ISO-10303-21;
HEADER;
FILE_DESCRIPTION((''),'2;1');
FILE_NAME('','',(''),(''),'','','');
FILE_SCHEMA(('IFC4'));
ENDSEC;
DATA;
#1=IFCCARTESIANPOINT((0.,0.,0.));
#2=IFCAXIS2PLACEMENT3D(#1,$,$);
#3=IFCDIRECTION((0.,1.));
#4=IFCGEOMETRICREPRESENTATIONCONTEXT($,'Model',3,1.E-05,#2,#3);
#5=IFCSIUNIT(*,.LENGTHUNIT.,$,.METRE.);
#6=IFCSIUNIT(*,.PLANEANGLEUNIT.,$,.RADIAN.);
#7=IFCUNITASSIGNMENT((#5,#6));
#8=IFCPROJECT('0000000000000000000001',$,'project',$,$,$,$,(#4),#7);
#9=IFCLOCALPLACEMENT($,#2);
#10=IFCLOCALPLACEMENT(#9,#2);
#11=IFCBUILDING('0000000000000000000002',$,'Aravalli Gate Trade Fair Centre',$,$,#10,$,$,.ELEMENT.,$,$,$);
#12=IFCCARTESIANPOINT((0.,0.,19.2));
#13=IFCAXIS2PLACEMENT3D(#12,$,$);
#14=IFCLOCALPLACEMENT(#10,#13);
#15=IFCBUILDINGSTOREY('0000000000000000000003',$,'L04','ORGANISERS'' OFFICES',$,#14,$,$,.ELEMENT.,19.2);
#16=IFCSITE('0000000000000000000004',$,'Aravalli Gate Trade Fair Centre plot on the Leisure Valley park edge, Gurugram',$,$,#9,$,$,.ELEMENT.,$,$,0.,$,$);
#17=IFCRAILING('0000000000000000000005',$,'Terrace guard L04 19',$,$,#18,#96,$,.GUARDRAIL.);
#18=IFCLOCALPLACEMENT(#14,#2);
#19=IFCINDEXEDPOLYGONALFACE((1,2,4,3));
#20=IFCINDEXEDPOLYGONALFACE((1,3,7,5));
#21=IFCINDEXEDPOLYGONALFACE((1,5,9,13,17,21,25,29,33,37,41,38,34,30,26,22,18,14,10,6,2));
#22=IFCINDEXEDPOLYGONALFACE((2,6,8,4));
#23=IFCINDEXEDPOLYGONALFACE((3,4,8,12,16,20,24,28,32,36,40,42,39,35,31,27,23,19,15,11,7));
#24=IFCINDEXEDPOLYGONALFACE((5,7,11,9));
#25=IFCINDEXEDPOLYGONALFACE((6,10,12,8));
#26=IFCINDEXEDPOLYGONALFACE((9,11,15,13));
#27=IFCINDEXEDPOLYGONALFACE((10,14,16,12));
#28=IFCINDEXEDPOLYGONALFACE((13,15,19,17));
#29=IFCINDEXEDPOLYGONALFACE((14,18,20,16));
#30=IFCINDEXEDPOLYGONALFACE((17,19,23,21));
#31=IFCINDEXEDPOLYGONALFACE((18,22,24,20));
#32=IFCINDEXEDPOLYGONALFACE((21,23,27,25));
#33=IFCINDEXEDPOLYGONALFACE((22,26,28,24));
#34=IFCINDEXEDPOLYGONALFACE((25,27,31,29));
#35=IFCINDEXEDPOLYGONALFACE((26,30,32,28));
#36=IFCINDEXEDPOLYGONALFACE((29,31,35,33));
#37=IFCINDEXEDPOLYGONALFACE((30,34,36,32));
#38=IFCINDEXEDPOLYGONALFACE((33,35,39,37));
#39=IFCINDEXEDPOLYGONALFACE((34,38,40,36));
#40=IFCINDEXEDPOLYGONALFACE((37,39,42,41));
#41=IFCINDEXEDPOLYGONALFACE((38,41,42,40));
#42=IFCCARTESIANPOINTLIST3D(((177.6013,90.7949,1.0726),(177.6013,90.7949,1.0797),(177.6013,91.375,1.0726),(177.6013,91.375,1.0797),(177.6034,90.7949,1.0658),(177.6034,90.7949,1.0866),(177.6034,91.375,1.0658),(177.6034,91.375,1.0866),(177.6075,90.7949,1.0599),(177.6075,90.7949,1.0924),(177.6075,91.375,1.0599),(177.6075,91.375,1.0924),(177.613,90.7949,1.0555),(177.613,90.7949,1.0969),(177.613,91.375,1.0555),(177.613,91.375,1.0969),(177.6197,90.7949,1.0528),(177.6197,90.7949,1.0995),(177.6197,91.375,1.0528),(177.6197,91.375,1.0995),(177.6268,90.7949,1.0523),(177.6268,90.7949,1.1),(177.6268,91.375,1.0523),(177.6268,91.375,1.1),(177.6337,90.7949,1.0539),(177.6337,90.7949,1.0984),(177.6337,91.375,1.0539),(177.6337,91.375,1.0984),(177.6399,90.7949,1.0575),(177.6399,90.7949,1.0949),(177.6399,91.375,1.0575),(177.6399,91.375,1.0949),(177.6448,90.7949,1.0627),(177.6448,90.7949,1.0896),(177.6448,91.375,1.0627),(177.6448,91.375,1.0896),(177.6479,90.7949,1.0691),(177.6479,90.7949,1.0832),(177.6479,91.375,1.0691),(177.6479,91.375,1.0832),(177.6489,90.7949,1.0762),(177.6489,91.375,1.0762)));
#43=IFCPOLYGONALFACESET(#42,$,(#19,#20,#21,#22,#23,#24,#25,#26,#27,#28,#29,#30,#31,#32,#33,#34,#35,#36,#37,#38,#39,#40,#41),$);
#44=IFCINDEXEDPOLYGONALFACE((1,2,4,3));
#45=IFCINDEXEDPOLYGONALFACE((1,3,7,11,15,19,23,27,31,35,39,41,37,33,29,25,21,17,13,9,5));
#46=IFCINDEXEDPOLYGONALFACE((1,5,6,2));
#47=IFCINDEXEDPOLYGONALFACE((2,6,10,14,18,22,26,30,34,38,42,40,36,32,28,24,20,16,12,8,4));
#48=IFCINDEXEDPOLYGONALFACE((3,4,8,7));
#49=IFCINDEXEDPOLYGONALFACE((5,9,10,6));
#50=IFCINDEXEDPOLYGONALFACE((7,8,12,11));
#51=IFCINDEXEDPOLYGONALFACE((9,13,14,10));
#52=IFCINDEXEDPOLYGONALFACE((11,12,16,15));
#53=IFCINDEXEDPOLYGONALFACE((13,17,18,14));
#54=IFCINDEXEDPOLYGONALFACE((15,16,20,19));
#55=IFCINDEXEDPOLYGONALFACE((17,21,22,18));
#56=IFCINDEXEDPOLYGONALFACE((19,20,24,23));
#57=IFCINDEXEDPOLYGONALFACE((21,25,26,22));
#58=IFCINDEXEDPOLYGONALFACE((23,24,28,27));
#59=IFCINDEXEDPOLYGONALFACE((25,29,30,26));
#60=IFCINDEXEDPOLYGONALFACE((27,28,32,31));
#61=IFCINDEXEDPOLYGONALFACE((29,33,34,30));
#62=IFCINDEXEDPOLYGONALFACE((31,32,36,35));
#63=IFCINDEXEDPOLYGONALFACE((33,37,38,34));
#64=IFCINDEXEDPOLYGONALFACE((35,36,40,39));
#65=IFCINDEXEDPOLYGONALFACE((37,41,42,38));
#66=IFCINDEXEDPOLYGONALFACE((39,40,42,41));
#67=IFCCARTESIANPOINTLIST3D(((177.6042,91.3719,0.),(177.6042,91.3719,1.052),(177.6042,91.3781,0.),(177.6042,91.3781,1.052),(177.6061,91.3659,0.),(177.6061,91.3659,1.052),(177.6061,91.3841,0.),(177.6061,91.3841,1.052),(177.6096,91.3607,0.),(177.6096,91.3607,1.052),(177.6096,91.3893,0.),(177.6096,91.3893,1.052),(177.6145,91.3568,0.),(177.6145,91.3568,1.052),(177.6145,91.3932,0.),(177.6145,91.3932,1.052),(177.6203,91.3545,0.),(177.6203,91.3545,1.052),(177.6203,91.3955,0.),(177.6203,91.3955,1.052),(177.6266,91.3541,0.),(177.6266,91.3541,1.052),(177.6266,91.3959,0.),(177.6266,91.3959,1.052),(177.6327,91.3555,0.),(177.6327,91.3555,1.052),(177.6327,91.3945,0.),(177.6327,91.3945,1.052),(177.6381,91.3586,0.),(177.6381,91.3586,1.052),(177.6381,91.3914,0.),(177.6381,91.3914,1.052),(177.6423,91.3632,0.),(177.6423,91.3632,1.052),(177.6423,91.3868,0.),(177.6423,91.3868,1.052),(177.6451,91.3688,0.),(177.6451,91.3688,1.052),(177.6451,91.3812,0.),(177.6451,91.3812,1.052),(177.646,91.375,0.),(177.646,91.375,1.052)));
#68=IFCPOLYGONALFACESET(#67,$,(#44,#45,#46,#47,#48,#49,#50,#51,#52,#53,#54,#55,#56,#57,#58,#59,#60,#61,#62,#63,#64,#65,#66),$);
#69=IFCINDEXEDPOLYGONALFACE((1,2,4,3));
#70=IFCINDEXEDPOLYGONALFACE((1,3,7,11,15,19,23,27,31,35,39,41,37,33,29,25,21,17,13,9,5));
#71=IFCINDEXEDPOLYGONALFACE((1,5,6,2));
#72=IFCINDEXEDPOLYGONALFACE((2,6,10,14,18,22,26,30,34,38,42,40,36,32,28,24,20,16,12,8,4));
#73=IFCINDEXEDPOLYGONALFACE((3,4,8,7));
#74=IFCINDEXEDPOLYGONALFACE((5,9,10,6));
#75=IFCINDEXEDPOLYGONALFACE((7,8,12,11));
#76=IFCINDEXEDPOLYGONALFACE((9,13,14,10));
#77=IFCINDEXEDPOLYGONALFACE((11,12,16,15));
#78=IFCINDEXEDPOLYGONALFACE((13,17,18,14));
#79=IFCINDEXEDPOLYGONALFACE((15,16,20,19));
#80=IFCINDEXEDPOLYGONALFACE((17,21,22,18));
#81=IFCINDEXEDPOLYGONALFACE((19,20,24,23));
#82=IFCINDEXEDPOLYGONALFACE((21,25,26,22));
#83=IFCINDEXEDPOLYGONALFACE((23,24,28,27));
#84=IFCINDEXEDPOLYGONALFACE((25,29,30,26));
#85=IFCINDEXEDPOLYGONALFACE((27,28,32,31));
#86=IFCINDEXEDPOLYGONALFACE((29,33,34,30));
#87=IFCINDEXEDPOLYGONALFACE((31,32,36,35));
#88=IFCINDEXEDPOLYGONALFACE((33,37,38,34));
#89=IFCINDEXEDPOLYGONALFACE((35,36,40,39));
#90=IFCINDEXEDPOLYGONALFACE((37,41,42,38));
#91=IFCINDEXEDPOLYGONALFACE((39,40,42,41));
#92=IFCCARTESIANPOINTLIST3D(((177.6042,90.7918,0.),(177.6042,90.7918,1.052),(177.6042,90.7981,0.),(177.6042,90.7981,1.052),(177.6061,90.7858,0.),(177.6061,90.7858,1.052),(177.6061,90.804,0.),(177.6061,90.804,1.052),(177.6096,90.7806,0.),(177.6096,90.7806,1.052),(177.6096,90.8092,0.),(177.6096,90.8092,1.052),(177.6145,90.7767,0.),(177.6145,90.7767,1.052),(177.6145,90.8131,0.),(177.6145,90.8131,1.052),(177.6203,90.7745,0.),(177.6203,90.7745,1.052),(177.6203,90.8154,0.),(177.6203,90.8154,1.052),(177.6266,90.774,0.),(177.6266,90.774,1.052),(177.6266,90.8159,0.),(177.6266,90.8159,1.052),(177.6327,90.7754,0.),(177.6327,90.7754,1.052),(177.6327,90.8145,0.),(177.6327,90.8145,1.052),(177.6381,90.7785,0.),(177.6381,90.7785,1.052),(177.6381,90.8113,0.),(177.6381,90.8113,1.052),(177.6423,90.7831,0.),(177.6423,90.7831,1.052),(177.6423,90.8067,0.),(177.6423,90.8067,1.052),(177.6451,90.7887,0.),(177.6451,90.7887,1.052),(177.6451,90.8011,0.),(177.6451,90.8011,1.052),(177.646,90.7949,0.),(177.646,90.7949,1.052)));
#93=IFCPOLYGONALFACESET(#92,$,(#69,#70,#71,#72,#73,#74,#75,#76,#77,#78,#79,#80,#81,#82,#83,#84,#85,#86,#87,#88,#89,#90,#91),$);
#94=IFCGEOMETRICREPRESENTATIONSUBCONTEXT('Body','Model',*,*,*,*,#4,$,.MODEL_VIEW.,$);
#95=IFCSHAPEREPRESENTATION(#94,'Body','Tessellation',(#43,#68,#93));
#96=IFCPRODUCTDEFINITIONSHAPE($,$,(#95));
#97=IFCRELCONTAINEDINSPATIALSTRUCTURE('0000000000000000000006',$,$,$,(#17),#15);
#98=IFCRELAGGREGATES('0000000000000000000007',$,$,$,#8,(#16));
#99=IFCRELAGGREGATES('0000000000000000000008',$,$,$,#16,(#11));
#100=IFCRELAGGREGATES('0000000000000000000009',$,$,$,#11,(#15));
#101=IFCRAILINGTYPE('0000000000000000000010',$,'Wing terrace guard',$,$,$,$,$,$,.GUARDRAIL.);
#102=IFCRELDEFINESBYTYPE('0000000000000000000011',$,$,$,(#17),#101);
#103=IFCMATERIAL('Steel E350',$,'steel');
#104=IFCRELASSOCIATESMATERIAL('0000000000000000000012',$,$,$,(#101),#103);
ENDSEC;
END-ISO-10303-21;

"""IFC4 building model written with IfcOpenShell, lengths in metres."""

from ifc_helpers import new_model, si_unit, direction, frame, origin, origin_2d, place, context, subcontext, project, spatial, circle, extrude, material, type_object, element, save


model = new_model("IFC4")

# Units and contexts
model_context = context("Model", 3, precision=1e-05, world=origin(), true_north=direction((0.0, 1.0)))
body_context = subcontext(model_context, "Body", "Model", "MODEL_VIEW")
ifc_project = project(units=[si_unit("LENGTHUNIT", "METRE"), si_unit("PLANEANGLEUNIT", "RADIAN")], contexts=[model_context])

# Site, building, storey
site_placement = place(None, origin())
site = spatial("IfcSite", under=ifc_project, at=site_placement, Name="Aravalli Gate Trade Fair Centre plot on the Leisure Valley park edge, Gurugram", CompositionType="ELEMENT", RefElevation=0.0)
building_placement = place(site_placement, origin())
building = spatial("IfcBuilding", under=site, at=building_placement, Name="Aravalli Gate Trade Fair Centre", CompositionType="ELEMENT")
storey_placement = place(building_placement, frame((0.0, 0.0, 19.2)))
storey = spatial("IfcBuildingStorey", under=building, at=storey_placement, Name="L04", Description="ORGANISERS' OFFICES", CompositionType="ELEMENT", Elevation=19.2)

# Shared definitions
ifc_material_1 = material(Name="Steel E350", Category="steel")

# Railing
railing_type = type_object("IfcRailingType", Name="Wing terrace guard", PredefinedType="GUARDRAIL", material=ifc_material_1)
railing_1_placement = place(storey_placement, frame((177.625, 91.375, 0.0)))
element("IfcRailing", 1, at=railing_1_placement, inside=storey, type_object=railing_type, Name="Terrace guard L04 19", PredefinedType="GUARDRAIL", context=body_context, shape_type="SweptSolid", body=[
    extrude(circle(Radius=0.0239, at=origin_2d()), frame((0.0, 0.0, 1.0762), z_axis=(0.0, -1.0, 0.0), x_axis=(1.0, 0.0, 0.0)), (0.0, 0.0, 1.0), 0.5801),
    extrude(circle(Radius=0.021, at=origin_2d()), origin(), (0.0, 0.0, 1.0), 1.052),
    extrude(circle(Radius=0.021, at=origin_2d()), frame((0.0, -0.5801, 0.0)), (0.0, 0.0, 1.0), 1.052),
])

save(model, "model.ifc")
